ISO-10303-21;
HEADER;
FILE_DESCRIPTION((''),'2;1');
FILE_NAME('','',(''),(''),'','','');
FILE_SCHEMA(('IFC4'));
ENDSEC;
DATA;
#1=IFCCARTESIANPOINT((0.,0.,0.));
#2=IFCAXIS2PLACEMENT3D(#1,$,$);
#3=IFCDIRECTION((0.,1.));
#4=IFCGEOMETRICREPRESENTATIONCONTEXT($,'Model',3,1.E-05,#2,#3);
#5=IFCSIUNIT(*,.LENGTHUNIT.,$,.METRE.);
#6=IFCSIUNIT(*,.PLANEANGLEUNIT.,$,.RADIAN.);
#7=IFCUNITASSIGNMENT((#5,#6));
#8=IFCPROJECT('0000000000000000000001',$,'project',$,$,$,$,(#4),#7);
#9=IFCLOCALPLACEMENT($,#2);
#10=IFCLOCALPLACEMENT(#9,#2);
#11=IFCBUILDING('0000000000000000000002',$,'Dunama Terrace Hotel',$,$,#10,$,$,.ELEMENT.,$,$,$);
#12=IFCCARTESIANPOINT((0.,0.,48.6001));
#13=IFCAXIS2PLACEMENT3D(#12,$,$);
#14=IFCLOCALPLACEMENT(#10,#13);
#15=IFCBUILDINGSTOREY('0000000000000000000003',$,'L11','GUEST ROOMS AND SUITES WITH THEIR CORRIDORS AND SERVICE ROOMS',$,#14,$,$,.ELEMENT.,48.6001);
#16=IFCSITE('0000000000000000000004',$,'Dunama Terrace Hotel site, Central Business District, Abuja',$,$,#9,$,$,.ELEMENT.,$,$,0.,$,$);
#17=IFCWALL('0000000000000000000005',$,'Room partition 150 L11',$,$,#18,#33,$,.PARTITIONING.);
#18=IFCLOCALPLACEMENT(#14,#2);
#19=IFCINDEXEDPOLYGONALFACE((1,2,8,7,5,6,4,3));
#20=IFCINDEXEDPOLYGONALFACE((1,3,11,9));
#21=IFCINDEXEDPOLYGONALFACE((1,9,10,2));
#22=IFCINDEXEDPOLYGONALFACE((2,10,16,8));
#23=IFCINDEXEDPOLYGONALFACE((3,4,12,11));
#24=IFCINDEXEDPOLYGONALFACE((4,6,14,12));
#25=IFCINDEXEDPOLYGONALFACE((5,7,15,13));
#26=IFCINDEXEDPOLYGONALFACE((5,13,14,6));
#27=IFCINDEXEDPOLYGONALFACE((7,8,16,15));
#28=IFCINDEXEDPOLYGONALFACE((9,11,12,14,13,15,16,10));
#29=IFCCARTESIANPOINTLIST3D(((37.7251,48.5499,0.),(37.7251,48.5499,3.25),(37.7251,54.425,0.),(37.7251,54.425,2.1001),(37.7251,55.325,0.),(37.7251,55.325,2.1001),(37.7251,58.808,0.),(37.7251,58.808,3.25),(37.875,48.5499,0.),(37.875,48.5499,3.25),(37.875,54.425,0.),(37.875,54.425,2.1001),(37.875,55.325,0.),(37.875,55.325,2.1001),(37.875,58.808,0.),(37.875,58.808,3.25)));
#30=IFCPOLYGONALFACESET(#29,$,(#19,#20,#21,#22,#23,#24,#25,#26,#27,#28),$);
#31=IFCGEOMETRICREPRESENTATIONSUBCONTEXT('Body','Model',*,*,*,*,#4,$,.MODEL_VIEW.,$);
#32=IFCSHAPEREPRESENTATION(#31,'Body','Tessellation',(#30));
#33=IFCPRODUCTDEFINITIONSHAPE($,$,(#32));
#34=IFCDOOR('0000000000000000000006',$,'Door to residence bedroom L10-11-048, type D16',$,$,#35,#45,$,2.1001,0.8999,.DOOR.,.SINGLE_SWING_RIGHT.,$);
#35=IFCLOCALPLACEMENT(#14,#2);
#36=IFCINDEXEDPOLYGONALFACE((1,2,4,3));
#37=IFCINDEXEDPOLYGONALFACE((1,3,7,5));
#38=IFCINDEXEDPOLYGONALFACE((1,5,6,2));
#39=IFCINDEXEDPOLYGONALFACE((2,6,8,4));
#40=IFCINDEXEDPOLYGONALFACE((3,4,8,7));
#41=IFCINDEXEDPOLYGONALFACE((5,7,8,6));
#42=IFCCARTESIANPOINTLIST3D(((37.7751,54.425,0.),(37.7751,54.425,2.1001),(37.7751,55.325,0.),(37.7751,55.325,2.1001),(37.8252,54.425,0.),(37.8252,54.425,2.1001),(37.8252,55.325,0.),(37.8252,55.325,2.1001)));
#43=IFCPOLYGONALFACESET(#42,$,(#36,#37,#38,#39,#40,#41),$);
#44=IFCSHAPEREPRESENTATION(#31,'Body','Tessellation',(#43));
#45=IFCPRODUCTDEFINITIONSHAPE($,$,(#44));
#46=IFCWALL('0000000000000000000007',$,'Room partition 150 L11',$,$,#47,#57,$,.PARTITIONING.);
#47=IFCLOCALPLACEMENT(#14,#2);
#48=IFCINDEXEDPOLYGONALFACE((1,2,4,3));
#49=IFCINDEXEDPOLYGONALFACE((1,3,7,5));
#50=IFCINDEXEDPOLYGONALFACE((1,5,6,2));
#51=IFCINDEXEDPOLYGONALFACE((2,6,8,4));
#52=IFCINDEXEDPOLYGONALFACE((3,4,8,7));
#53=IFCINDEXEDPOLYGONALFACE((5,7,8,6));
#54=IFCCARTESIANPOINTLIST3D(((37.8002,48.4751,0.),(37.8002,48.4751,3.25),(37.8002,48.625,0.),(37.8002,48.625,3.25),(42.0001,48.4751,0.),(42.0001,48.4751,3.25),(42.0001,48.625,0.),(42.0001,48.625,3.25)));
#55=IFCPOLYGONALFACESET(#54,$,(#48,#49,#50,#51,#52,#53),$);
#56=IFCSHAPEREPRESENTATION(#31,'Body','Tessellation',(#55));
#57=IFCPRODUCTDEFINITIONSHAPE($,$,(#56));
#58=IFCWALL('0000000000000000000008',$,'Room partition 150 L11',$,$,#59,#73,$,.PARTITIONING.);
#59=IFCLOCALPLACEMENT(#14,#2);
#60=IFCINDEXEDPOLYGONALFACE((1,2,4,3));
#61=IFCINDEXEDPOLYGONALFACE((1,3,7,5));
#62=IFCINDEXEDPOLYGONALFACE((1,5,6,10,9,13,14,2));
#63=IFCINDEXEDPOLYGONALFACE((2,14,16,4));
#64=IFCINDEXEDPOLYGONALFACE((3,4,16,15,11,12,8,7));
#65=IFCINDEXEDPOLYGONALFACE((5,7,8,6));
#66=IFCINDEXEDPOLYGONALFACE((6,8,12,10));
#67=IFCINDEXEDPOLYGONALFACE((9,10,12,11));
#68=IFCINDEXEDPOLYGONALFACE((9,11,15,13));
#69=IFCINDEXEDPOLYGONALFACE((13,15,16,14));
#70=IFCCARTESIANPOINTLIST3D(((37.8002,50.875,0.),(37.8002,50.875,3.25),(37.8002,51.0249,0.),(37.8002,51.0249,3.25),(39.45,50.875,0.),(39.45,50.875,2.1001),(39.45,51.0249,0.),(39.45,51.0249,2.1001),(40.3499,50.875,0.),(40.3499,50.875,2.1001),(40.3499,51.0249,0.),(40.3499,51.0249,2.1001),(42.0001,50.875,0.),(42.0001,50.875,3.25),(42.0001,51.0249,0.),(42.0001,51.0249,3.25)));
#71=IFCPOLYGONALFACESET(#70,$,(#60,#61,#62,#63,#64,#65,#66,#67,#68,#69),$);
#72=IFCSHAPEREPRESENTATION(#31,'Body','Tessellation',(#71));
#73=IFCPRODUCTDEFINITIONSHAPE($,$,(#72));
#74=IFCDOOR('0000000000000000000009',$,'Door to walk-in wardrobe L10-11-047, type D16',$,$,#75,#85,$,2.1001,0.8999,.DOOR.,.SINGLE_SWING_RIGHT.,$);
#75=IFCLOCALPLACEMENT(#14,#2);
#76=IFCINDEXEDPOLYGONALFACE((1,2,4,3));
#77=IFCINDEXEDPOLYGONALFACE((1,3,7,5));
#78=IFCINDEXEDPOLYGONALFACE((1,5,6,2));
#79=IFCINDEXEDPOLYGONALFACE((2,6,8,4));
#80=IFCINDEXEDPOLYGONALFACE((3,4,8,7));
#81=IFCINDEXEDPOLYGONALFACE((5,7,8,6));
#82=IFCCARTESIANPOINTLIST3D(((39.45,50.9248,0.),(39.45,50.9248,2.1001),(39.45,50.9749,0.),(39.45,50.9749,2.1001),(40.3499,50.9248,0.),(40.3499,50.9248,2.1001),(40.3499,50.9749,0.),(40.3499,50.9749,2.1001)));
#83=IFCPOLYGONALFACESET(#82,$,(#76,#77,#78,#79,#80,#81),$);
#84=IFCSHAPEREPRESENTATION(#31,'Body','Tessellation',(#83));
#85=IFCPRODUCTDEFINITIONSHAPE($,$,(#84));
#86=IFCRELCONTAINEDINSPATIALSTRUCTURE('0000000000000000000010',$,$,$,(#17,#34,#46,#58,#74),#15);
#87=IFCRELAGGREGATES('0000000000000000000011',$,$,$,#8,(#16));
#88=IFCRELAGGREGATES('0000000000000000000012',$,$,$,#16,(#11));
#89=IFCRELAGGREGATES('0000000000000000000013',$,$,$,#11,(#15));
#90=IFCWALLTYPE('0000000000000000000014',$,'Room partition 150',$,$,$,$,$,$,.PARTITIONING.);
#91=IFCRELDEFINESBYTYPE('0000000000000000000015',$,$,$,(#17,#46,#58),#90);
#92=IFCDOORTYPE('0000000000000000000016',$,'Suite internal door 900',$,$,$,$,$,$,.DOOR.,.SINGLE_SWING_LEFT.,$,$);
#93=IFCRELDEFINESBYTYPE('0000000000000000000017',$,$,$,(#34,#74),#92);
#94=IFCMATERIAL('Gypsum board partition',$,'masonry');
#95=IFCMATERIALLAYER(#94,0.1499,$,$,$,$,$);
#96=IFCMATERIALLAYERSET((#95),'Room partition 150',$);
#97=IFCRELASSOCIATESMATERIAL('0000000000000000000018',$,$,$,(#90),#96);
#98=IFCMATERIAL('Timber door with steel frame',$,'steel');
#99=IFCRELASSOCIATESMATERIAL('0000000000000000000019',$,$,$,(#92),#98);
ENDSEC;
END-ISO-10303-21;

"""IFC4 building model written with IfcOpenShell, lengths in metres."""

from ifc_helpers import new_model, si_unit, direction, frame, frame_2d, origin, place, context, subcontext, project, spatial, rectangle, extrude, material, layer, layer_set, type_object, element, fill, save


model = new_model("IFC4")

# Units and contexts
model_context = context("Model", 3, precision=1e-05, world=origin(), true_north=direction((0.0, 1.0)))
body_context = subcontext(model_context, "Body", "Model", "MODEL_VIEW")
ifc_project = project(units=[si_unit("LENGTHUNIT", "METRE"), si_unit("PLANEANGLEUNIT", "RADIAN")], contexts=[model_context])

# Site, building, storey
site_placement = place(None, origin())
site = spatial("IfcSite", under=ifc_project, at=site_placement, Name="Dunama Terrace Hotel site, Central Business District, Abuja", CompositionType="ELEMENT", RefElevation=0.0)
building_placement = place(site_placement, origin())
building = spatial("IfcBuilding", under=site, at=building_placement, Name="Dunama Terrace Hotel", CompositionType="ELEMENT")
storey_placement = place(building_placement, frame((0.0, 0.0, 48.6001)))
storey = spatial("IfcBuildingStorey", under=building, at=storey_placement, Name="L11", Description="GUEST ROOMS AND SUITES WITH THEIR CORRIDORS AND SERVICE ROOMS", CompositionType="ELEMENT", Elevation=48.6001)

# Wall, opening, door
ifc_material_1 = material(Name="Gypsum board partition", Category="masonry")
ifc_layer_1 = layer(ifc_material_1, 0.1499)
ifc_layer_set_1 = layer_set([ifc_layer_1], Name="Room partition 150")
wall_type_1 = type_object("IfcWallType", Name="Room partition 150", PredefinedType="PARTITIONING", material=ifc_layer_set_1)
wall_1_placement = place(storey_placement, frame((37.8, 48.55, 0.0), z_axis=(0.0, 0.0, 1.0), x_axis=(0.0, 1.0, 0.0)))
wall_1 = element("IfcWall", 1, at=wall_1_placement, inside=storey, type_object=wall_type_1, Name="Room partition 150 L11", PredefinedType="PARTITIONING", context=body_context, shape_type="SweptSolid", body=[
    extrude(rectangle(XDim=10.2581, YDim=0.1499, at=frame_2d((5.1289, 0.0))), origin(), (0.0, 0.0, 1.0), 3.25),
])
opening_1_placement = place(wall_1_placement, frame((5.875, 0.0, 0.0)))
opening_1 = element("IfcOpeningElement", 2, at=opening_1_placement, cuts=wall_1, PredefinedType="OPENING", context=body_context, shape_type="SweptSolid", body=[
    extrude(rectangle(XDim=0.8999, YDim=2.1001, at=frame_2d((0.45, 1.05))), frame((0.0, 0.085, 0.0), z_axis=(0.0, -1.0, 0.0), x_axis=(1.0, 0.0, 0.0)), (0.0, 0.0, 1.0), 0.1699),
])
ifc_material_2 = material(Name="Timber door with steel frame", Category="steel")
door_type_1 = type_object("IfcDoorType", Name="Suite internal door 900", OperationType="SINGLE_SWING_LEFT", PredefinedType="DOOR", material=ifc_material_2)
door_1_placement = place(opening_1_placement, frame((0.8999, 0.0, 0.0), z_axis=(0.0, 0.0, 1.0), x_axis=(-1.0, 0.0, 0.0)))
door_1 = element("IfcDoor", 3, at=door_1_placement, inside=storey, type_object=door_type_1, Name="Door to residence bedroom L10-11-048, type D16", OperationType="SINGLE_SWING_RIGHT", OverallHeight=2.1001, OverallWidth=0.8999, PredefinedType="DOOR", context=body_context, shape_type="SweptSolid", body=[
    extrude(rectangle(XDim=0.8999, YDim=2.1001, at=frame_2d((0.45, 1.05))), frame((0.0, 0.0251, 0.0), z_axis=(0.0, -1.0, 0.0), x_axis=(1.0, 0.0, 0.0)), (0.0, 0.0, 1.0), 0.05),
])
fill(opening_1, door_1)

# Wall
wall_2_placement = place(storey_placement, frame((37.8, 48.55, 0.0), z_axis=(0.0, 0.0, 1.0), x_axis=(1.0, 0.0, 0.0)))
element("IfcWall", 4, at=wall_2_placement, inside=storey, type_object=wall_type_1, Name="Room partition 150 L11", PredefinedType="PARTITIONING", context=body_context, shape_type="SweptSolid", body=[
    extrude(rectangle(XDim=4.2, YDim=0.1499, at=frame_2d((2.1001, 0.0))), origin(), (0.0, 0.0, 1.0), 3.25),
])

# Wall, opening, door
wall_3_placement = place(storey_placement, frame((37.8, 50.95, 0.0), z_axis=(0.0, 0.0, 1.0), x_axis=(1.0, 0.0, 0.0)))
wall_3 = element("IfcWall", 5, at=wall_3_placement, inside=storey, type_object=wall_type_1, Name="Room partition 150 L11", PredefinedType="PARTITIONING", context=body_context, shape_type="SweptSolid", body=[
    extrude(rectangle(XDim=4.2, YDim=0.1499, at=frame_2d((2.1001, 0.0))), origin(), (0.0, 0.0, 1.0), 3.25),
])
opening_2_placement = place(wall_3_placement, frame((1.6499, 0.0, 0.0)))
opening_2 = element("IfcOpeningElement", 6, at=opening_2_placement, cuts=wall_3, PredefinedType="OPENING", context=body_context, shape_type="SweptSolid", body=[
    extrude(rectangle(XDim=0.8999, YDim=2.1001, at=frame_2d((0.45, 1.05))), frame((0.0, 0.085, 0.0), z_axis=(0.0, -1.0, 0.0), x_axis=(1.0, 0.0, 0.0)), (0.0, 0.0, 1.0), 0.1699),
])
door_2_placement = place(opening_2_placement, frame((0.8999, 0.0, 0.0), z_axis=(0.0, 0.0, 1.0), x_axis=(-1.0, 0.0, 0.0)))
door_2 = element("IfcDoor", 7, at=door_2_placement, inside=storey, type_object=door_type_1, Name="Door to walk-in wardrobe L10-11-047, type D16", OperationType="SINGLE_SWING_RIGHT", OverallHeight=2.1001, OverallWidth=0.8999, PredefinedType="DOOR", context=body_context, shape_type="SweptSolid", body=[
    extrude(rectangle(XDim=0.8999, YDim=2.1001, at=frame_2d((0.45, 1.05))), frame((0.0, 0.0251, 0.0), z_axis=(0.0, -1.0, 0.0), x_axis=(1.0, 0.0, 0.0)), (0.0, 0.0, 1.0), 0.05),
])
fill(opening_2, door_2)

save(model, "model.ifc")
